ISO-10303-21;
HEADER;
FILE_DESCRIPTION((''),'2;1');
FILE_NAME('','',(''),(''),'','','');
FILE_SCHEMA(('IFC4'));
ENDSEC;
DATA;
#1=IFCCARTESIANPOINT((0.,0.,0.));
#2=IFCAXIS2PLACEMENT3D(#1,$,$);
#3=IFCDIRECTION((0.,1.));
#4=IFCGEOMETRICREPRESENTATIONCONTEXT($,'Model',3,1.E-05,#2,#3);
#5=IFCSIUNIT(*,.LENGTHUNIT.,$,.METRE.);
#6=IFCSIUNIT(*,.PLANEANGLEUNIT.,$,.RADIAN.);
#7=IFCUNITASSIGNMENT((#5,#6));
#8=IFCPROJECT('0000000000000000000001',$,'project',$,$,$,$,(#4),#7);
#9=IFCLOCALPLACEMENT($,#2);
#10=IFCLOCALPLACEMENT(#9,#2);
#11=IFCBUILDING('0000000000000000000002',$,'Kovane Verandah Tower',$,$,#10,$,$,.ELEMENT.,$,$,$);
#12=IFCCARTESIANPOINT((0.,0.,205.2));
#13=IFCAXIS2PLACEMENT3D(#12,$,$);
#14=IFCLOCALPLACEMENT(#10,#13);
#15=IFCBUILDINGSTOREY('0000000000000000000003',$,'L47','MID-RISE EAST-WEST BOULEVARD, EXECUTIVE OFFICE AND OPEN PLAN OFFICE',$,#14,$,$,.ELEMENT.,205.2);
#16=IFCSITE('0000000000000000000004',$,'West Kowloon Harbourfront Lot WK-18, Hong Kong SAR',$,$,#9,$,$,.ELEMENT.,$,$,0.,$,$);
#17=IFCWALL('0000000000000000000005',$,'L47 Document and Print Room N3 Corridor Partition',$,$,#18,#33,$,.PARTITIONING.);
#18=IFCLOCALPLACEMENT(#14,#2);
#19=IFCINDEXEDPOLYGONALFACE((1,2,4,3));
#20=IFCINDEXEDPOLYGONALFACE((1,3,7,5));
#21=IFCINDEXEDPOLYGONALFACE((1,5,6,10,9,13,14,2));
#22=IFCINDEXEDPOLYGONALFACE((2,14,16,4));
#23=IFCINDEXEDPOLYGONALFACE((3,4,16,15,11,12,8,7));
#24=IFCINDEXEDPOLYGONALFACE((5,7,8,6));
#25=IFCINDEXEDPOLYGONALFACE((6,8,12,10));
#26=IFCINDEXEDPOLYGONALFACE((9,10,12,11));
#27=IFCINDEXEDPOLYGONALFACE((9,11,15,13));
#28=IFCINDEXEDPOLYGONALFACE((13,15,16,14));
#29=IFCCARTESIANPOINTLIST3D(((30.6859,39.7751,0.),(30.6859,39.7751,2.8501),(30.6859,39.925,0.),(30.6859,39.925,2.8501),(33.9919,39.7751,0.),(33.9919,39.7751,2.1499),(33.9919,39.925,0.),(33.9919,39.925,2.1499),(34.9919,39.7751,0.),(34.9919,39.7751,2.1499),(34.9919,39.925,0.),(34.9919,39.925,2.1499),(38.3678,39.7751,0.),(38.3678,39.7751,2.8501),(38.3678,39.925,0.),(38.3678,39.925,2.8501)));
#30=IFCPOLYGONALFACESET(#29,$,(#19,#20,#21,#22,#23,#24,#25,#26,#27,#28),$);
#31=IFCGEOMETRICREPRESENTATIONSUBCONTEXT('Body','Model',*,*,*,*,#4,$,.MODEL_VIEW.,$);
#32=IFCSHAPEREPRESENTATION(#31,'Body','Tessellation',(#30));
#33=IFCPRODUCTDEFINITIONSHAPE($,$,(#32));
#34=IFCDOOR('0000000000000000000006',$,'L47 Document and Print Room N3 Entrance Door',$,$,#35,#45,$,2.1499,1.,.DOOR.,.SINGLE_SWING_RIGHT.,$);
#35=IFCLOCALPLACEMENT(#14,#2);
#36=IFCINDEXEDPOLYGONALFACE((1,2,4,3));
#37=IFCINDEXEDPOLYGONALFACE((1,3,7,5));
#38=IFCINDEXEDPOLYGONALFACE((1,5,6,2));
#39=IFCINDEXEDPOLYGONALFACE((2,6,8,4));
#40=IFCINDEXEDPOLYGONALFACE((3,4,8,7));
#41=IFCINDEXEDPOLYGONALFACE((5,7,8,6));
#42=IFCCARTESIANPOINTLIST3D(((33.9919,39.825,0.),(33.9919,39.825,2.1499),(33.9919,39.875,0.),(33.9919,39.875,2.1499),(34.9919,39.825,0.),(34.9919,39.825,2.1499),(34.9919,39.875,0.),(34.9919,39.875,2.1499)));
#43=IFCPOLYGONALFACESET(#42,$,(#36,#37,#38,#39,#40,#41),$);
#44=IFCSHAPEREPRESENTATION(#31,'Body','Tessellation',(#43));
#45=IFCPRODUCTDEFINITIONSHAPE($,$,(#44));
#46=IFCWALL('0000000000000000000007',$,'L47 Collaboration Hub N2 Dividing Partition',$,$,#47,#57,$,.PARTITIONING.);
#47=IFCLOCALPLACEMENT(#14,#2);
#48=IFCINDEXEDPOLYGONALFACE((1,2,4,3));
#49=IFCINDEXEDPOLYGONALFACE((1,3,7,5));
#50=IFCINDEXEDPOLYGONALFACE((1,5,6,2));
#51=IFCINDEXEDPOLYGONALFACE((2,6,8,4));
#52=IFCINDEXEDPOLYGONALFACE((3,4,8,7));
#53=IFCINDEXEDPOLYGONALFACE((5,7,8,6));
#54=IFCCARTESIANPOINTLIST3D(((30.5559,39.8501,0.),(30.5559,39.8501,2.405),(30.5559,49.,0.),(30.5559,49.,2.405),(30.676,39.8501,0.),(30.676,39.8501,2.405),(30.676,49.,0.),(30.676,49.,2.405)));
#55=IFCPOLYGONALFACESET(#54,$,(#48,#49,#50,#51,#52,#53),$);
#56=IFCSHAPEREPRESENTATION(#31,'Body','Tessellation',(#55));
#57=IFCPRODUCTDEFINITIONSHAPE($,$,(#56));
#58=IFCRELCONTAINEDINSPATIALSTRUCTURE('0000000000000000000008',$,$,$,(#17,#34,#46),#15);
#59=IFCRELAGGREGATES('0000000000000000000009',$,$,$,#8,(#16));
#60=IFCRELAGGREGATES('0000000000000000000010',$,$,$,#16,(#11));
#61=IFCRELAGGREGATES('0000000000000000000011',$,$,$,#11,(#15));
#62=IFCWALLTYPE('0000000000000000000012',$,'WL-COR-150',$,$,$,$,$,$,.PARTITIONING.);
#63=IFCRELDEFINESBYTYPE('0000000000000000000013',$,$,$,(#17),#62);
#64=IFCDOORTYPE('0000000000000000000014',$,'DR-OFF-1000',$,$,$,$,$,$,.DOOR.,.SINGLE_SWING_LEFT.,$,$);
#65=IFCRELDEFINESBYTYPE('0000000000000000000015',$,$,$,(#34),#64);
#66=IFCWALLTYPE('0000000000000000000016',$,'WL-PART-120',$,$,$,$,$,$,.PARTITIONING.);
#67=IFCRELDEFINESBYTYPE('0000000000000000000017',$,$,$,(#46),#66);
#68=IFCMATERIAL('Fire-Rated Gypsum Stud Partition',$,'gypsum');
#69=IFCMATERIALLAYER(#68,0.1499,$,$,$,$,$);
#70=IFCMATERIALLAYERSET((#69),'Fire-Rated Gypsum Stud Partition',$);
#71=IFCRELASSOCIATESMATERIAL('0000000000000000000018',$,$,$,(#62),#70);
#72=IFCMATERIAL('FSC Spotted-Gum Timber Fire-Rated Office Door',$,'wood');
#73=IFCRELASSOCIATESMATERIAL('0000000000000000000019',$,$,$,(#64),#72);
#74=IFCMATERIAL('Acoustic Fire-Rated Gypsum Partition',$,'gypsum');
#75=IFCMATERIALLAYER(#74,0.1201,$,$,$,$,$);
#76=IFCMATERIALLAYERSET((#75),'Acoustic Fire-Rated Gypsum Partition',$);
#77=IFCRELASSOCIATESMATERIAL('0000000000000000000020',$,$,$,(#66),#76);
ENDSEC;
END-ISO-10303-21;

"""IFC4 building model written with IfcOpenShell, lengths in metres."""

from ifc_helpers import new_model, si_unit, direction, frame, frame_2d, origin, place, context, subcontext, project, spatial, rectangle, extrude, material, layer, layer_set, type_object, element, fill, save


model = new_model("IFC4")

# Units and contexts
model_context = context("Model", 3, precision=1e-05, world=origin(), true_north=direction((0.0, 1.0)))
body_context = subcontext(model_context, "Body", "Model", "MODEL_VIEW")
ifc_project = project(units=[si_unit("LENGTHUNIT", "METRE"), si_unit("PLANEANGLEUNIT", "RADIAN")], contexts=[model_context])

# Site, building, storey
site_placement = place(None, origin())
site = spatial("IfcSite", under=ifc_project, at=site_placement, Name="West Kowloon Harbourfront Lot WK-18, Hong Kong SAR", CompositionType="ELEMENT", RefElevation=0.0)
building_placement = place(site_placement, origin())
building = spatial("IfcBuilding", under=site, at=building_placement, Name="Kovane Verandah Tower", CompositionType="ELEMENT")
storey_placement = place(building_placement, frame((0.0, 0.0, 205.2)))
storey = spatial("IfcBuildingStorey", under=building, at=storey_placement, Name="L47", Description="MID-RISE EAST-WEST BOULEVARD, EXECUTIVE OFFICE AND OPEN PLAN OFFICE", CompositionType="ELEMENT", Elevation=205.2)

# Wall, opening, door
ifc_material_1 = material(Name="Fire-Rated Gypsum Stud Partition", Category="gypsum")
ifc_layer_1 = layer(ifc_material_1, 0.1499)
ifc_layer_set_1 = layer_set([ifc_layer_1], Name="Fire-Rated Gypsum Stud Partition")
wall_type_1 = type_object("IfcWallType", Name="WL-COR-150", PredefinedType="PARTITIONING", material=ifc_layer_set_1)
wall_1_placement = place(storey_placement, frame((30.686, 39.8501, 0.0), z_axis=(0.0, 0.0, 1.0), x_axis=(1.0, 0.0, 0.0)))
wall_1 = element("IfcWall", 1, at=wall_1_placement, inside=storey, type_object=wall_type_1, Name="L47 Document and Print Room N3 Corridor Partition", PredefinedType="PARTITIONING", context=body_context, shape_type="SweptSolid", body=[
    extrude(rectangle(XDim=7.6819, YDim=0.1499, at=frame_2d((3.8408, 0.0))), origin(), (0.0, 0.0, 1.0), 2.8501),
])
opening_1_placement = place(wall_1_placement, frame((3.3059, 0.0, 0.0)))
opening_1 = element("IfcOpeningElement", 2, at=opening_1_placement, cuts=wall_1, PredefinedType="OPENING", context=body_context, shape_type="SweptSolid", body=[
    extrude(rectangle(XDim=1.0, YDim=2.1499, at=frame_2d((0.5, 1.075))), frame((0.0, 0.075, 0.0), z_axis=(0.0, -1.0, 0.0), x_axis=(1.0, 0.0, 0.0)), (0.0, 0.0, 1.0), 0.1499),
])
ifc_material_2 = material(Name="FSC Spotted-Gum Timber Fire-Rated Office Door", Category="wood")
door_type_1 = type_object("IfcDoorType", Name="DR-OFF-1000", OperationType="SINGLE_SWING_LEFT", PredefinedType="DOOR", material=ifc_material_2)
door_1_placement = place(opening_1_placement, origin())
door_1 = element("IfcDoor", 3, at=door_1_placement, inside=storey, type_object=door_type_1, Name="L47 Document and Print Room N3 Entrance Door", OperationType="SINGLE_SWING_RIGHT", OverallHeight=2.1499, OverallWidth=1.0, PredefinedType="DOOR", context=body_context, shape_type="SweptSolid", body=[
    extrude(rectangle(XDim=1.0, YDim=2.1499, at=frame_2d((0.5, 1.075))), frame((0.0, 0.0249, 0.0), z_axis=(0.0, -1.0, 0.0), x_axis=(1.0, 0.0, 0.0)), (0.0, 0.0, 1.0), 0.05),
])
fill(opening_1, door_1)

# Wall
ifc_material_3 = material(Name="Acoustic Fire-Rated Gypsum Partition", Category="gypsum")
ifc_layer_2 = layer(ifc_material_3, 0.1201)
ifc_layer_set_2 = layer_set([ifc_layer_2], Name="Acoustic Fire-Rated Gypsum Partition")
wall_type_2 = type_object("IfcWallType", Name="WL-PART-120", PredefinedType="PARTITIONING", material=ifc_layer_set_2)
wall_2_placement = place(storey_placement, frame((30.616, 39.8501, 0.0), z_axis=(0.0, 0.0, 1.0), x_axis=(0.0, 1.0, 0.0)))
element("IfcWall", 4, at=wall_2_placement, inside=storey, type_object=wall_type_2, Name="L47 Collaboration Hub N2 Dividing Partition", PredefinedType="PARTITIONING", context=body_context, shape_type="SweptSolid", body=[
    extrude(rectangle(XDim=9.1499, YDim=0.1201, at=frame_2d((4.575, 0.0))), origin(), (0.0, 0.0, 1.0), 2.405),
])

save(model, "model.ifc")
